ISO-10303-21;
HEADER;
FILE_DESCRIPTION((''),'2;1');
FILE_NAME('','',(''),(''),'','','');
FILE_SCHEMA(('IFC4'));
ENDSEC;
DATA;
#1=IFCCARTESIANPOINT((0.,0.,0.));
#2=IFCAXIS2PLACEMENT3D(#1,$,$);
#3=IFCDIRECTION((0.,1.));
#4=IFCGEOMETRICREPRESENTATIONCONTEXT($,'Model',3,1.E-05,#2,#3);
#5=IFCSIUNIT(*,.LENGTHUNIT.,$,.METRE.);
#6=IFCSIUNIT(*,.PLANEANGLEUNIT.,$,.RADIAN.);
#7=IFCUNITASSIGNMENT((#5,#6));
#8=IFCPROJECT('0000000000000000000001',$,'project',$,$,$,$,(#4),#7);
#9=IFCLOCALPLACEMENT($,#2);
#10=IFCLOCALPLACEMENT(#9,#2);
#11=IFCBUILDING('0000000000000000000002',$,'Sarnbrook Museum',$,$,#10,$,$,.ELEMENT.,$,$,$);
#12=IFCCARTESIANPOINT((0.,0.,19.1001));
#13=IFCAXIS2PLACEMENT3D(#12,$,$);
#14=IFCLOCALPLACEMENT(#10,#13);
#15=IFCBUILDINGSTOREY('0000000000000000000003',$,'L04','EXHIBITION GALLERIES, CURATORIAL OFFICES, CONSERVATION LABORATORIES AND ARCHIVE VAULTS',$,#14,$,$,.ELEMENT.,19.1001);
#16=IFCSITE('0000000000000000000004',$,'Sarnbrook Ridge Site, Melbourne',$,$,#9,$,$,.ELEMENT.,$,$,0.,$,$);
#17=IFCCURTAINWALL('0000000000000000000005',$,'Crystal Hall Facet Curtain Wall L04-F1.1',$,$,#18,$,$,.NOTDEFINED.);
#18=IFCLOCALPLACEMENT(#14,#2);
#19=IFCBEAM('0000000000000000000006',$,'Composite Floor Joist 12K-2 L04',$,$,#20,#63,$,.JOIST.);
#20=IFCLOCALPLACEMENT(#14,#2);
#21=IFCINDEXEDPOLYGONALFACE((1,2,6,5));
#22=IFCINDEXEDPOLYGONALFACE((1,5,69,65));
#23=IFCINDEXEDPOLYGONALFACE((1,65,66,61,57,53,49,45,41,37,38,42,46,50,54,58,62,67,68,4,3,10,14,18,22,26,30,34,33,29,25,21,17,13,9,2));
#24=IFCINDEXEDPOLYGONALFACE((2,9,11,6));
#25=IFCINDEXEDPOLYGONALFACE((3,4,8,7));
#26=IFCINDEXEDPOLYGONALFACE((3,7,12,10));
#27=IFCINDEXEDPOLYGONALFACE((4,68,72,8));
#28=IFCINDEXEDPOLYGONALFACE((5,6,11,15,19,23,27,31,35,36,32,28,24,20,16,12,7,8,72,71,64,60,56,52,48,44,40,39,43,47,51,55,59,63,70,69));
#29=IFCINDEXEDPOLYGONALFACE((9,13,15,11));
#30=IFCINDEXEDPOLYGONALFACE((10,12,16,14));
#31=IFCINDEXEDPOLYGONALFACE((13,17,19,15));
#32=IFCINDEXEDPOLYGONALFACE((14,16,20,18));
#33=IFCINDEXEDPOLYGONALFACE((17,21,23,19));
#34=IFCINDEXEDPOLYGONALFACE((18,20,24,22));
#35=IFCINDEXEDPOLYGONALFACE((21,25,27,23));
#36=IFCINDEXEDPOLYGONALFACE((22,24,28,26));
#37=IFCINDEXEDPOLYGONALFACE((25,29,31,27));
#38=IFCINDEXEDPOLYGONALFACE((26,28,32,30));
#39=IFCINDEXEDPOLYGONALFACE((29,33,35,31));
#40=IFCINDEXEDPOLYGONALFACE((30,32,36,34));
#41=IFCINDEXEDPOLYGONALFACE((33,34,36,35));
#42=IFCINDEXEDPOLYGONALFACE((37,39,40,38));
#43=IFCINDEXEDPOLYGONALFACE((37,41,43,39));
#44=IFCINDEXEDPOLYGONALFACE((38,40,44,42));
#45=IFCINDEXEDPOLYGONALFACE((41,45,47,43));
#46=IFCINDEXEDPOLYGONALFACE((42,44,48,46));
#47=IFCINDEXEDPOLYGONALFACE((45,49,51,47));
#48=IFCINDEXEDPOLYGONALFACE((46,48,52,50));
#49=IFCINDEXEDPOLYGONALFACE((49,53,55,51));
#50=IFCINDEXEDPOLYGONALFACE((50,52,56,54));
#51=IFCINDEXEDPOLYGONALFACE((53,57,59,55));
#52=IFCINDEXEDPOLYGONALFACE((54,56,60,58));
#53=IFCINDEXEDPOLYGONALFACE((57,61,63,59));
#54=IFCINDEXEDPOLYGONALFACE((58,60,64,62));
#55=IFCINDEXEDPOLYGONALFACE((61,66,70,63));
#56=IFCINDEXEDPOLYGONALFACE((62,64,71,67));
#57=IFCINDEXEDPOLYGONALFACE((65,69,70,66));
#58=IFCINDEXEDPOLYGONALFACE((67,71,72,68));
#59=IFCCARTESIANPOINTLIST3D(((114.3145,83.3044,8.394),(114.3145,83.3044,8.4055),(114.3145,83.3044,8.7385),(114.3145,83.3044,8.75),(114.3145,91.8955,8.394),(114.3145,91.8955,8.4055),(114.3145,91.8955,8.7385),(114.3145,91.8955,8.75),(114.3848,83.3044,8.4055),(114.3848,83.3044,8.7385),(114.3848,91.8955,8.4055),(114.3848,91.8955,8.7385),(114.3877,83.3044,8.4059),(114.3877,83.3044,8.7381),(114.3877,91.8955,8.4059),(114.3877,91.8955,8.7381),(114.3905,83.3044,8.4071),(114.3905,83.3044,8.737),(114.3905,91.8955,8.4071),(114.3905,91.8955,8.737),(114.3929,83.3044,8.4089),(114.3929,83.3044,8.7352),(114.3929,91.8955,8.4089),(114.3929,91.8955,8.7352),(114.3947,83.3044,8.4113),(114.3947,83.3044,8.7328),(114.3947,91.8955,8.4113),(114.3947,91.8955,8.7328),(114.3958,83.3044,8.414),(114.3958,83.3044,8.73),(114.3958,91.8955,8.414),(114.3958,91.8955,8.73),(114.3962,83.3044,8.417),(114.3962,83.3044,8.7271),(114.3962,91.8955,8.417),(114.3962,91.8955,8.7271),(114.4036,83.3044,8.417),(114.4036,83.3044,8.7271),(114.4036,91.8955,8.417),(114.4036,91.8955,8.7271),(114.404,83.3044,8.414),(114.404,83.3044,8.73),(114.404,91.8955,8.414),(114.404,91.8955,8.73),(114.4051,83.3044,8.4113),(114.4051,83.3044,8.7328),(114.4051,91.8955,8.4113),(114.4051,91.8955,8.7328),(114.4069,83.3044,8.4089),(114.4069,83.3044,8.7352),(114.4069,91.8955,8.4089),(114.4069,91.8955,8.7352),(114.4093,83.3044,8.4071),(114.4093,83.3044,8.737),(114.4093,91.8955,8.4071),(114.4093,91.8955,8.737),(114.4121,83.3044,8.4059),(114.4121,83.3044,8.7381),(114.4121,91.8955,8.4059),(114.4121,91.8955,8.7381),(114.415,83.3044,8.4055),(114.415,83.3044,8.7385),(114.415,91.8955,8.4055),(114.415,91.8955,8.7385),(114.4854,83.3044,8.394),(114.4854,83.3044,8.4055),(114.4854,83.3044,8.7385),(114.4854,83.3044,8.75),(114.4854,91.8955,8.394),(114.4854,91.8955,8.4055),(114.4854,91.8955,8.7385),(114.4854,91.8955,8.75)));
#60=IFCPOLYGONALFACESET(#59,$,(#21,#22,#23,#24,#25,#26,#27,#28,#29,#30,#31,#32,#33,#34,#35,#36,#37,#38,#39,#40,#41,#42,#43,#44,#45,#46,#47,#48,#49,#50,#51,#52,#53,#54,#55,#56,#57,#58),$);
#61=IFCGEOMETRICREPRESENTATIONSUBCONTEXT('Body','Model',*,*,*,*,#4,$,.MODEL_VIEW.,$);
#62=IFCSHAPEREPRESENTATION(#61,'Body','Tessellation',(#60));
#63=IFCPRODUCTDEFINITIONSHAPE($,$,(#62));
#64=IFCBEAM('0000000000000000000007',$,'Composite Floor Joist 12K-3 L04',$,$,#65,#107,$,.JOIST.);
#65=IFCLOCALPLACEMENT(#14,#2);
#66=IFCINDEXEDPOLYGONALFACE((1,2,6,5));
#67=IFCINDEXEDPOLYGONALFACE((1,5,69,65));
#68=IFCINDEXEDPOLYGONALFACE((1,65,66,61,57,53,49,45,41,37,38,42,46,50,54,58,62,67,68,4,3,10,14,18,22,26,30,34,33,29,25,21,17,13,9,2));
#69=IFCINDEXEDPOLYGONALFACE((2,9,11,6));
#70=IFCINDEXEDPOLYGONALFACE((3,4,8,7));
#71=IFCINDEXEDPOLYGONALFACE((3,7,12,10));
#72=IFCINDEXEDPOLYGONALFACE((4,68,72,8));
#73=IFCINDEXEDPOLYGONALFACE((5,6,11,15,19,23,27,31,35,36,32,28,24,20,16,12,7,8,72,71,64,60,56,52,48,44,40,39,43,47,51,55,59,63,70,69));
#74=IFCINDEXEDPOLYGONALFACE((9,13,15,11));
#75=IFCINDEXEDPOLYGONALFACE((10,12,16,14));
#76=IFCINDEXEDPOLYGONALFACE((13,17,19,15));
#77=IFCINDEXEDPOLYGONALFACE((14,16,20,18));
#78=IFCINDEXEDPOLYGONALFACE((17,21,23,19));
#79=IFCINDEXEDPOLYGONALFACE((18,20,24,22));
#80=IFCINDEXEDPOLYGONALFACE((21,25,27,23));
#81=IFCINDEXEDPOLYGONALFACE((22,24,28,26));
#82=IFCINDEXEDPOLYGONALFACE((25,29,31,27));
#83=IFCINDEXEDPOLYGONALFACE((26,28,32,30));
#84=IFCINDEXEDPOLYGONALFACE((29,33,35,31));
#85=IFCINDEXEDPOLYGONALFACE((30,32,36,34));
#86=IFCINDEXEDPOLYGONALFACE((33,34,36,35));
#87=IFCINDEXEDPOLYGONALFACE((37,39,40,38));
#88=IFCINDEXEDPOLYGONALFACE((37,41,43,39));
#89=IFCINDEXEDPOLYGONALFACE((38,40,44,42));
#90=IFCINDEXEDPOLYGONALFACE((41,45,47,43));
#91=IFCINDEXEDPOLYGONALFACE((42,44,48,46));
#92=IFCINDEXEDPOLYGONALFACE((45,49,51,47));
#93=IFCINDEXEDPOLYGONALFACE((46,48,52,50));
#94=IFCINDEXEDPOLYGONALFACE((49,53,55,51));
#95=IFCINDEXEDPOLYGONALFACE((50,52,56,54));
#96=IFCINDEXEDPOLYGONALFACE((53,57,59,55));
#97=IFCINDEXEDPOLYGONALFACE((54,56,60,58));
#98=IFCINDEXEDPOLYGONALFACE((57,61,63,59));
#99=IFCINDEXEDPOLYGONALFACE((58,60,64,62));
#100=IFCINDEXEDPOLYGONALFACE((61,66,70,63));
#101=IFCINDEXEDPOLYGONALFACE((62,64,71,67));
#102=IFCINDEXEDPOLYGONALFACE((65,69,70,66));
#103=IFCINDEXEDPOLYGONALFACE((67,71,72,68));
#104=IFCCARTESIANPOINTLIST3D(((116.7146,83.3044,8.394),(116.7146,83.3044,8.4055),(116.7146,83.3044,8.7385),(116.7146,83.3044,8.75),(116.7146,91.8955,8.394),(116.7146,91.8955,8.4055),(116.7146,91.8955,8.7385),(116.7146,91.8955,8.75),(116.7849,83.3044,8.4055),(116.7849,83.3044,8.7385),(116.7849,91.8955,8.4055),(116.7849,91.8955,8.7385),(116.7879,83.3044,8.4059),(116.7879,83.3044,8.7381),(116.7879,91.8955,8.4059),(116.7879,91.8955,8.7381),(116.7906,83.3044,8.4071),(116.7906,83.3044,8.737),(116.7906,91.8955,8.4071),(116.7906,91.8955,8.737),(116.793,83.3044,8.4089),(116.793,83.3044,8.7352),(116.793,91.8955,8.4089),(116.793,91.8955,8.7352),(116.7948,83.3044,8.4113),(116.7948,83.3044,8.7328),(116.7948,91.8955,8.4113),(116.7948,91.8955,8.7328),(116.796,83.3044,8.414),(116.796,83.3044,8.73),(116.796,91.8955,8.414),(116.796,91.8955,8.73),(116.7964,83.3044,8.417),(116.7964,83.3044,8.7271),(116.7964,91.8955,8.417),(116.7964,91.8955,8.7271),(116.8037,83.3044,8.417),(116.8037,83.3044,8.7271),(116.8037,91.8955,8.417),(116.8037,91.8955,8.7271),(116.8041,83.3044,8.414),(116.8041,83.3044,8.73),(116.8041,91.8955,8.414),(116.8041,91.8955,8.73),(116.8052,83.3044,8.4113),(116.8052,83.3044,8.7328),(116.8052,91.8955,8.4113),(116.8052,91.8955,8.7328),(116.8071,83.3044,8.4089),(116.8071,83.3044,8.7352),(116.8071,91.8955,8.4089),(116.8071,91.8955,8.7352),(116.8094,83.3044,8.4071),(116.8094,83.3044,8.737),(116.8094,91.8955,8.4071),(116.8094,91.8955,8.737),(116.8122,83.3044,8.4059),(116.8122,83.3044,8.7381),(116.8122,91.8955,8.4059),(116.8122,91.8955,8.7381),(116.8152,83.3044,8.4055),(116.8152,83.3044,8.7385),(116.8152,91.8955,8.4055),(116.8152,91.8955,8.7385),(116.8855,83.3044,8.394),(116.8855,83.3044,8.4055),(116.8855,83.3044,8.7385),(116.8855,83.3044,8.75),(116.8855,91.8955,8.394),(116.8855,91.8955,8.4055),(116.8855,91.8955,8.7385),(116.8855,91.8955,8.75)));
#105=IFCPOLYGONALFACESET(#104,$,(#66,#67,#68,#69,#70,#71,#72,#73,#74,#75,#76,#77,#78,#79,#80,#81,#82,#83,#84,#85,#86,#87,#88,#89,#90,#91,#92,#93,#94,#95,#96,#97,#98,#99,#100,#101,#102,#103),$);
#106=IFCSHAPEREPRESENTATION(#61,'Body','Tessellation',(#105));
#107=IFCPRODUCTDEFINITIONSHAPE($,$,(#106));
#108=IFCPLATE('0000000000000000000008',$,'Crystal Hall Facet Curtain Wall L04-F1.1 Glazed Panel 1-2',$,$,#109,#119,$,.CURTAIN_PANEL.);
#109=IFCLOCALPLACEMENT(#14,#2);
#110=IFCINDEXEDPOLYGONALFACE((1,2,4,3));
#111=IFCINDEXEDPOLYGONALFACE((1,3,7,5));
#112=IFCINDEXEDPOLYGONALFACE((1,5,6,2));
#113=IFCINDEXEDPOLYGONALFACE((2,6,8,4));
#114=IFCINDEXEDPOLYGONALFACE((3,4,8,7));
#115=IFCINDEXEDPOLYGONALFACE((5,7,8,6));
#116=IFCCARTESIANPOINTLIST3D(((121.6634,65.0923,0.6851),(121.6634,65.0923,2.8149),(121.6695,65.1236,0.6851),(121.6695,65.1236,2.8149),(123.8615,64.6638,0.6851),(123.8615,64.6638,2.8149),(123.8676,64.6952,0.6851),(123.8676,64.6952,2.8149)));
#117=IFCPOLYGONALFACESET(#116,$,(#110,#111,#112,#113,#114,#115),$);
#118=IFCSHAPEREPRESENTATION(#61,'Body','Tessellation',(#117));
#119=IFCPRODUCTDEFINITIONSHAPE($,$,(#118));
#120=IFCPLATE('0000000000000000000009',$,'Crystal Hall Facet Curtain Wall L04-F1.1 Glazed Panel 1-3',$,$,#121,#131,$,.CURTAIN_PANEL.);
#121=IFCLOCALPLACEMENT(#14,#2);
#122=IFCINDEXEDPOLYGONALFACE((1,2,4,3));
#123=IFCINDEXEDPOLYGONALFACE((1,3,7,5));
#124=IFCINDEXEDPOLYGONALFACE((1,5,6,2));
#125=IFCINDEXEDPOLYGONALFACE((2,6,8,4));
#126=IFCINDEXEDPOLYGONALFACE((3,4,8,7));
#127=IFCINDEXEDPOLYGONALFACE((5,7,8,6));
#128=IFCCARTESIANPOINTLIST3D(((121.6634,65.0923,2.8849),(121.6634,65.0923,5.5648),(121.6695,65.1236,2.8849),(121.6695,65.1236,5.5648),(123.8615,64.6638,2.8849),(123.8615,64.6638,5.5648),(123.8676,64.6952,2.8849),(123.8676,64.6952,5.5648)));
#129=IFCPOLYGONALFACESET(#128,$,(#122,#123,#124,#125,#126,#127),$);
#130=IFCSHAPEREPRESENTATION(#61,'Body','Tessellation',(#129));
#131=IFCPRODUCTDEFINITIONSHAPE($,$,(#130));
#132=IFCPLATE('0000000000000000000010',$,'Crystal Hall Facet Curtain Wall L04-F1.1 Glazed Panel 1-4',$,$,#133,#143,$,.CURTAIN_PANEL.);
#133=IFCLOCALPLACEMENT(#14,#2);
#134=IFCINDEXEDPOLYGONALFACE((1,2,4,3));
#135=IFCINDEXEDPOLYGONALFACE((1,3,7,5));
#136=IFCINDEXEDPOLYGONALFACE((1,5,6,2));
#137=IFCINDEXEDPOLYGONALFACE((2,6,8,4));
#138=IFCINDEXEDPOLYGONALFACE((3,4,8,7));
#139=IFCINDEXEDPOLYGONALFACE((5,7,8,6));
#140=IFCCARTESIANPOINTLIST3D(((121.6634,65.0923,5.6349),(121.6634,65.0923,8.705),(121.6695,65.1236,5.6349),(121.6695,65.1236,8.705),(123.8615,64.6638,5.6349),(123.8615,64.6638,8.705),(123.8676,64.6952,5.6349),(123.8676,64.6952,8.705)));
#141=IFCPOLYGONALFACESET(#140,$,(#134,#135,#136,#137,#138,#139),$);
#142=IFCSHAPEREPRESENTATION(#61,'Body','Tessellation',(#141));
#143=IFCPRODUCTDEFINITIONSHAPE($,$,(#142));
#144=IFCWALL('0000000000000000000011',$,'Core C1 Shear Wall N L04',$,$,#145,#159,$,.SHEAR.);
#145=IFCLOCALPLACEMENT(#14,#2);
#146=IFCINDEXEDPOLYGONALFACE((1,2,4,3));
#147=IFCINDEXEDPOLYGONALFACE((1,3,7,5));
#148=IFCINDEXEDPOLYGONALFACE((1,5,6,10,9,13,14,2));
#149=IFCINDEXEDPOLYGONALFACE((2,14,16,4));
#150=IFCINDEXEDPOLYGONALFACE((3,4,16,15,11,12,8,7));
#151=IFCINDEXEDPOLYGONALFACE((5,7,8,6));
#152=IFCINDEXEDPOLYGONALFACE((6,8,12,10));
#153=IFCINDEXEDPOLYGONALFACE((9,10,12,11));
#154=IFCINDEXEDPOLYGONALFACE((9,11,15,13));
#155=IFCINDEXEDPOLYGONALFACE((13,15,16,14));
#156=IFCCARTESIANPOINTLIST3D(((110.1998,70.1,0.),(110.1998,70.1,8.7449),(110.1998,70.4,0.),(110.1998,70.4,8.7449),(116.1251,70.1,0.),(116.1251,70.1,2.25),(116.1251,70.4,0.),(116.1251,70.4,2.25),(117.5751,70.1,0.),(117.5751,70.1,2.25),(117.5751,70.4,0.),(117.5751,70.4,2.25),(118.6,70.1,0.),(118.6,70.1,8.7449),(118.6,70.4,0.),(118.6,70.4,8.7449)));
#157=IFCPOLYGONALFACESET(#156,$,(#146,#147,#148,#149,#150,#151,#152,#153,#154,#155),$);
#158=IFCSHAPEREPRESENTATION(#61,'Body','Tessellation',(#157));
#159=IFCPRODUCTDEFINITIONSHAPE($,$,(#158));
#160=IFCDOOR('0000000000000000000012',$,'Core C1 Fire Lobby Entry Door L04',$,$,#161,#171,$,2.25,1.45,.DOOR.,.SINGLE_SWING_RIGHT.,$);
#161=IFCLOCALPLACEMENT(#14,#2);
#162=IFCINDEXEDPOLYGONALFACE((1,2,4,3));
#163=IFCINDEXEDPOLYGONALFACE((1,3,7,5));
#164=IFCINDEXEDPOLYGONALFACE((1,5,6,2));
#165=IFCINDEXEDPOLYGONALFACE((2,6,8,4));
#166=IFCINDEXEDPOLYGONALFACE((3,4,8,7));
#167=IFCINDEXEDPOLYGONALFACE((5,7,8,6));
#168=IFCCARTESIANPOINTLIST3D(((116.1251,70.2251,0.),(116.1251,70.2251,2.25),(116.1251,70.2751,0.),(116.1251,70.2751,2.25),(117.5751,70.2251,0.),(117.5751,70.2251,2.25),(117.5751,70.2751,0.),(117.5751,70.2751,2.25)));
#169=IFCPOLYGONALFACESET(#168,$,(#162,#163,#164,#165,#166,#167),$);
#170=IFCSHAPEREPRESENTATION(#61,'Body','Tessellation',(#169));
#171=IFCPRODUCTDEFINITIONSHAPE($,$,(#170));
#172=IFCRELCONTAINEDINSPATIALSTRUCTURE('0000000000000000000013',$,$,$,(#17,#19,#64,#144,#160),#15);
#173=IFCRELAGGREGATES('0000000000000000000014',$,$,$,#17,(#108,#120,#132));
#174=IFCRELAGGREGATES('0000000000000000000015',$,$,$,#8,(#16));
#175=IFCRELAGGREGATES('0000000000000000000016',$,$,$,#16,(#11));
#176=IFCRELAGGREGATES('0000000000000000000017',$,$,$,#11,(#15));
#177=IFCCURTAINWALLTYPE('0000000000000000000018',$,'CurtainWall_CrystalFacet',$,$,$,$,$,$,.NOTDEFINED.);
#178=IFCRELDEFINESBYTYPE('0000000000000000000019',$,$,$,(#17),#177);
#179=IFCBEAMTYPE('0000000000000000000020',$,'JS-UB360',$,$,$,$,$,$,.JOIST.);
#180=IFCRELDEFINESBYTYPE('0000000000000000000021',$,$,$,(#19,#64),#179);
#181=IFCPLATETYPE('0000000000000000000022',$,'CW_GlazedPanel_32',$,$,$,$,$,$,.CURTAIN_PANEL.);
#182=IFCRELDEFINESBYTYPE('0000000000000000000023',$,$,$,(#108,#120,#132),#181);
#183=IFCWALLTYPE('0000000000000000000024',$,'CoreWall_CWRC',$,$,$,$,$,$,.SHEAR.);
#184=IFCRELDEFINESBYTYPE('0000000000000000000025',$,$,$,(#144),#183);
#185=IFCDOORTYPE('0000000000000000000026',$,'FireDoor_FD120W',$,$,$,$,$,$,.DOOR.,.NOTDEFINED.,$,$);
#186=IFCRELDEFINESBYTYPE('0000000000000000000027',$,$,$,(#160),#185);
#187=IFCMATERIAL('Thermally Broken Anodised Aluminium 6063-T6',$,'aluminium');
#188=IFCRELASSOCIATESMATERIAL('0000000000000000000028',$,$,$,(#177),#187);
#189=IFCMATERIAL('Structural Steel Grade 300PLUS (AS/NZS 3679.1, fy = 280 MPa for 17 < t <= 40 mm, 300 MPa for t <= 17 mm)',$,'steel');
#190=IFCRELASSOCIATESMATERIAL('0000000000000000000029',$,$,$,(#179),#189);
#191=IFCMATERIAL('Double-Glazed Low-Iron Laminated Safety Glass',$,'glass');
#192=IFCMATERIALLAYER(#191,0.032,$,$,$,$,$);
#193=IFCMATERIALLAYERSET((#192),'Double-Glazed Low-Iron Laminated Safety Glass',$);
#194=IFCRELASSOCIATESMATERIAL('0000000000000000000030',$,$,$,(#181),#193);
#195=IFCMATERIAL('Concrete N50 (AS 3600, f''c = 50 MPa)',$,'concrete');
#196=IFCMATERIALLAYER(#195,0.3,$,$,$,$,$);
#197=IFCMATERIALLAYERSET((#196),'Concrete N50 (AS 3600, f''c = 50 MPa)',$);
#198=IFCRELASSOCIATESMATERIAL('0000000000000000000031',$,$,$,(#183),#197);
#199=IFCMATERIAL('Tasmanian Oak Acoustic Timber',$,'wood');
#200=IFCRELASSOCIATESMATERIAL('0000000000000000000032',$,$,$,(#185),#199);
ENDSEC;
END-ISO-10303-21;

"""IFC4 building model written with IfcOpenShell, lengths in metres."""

from ifc_helpers import new_model, si_unit, direction, frame, frame_2d, origin, origin_2d, place, context, subcontext, project, spatial, rectangle, i_section, extrude, material, layer, layer_set, material_profile, profile_set, type_object, element, fill, aggregate, save


model = new_model("IFC4")

# Units and contexts
model_context = context("Model", 3, precision=1e-05, world=origin(), true_north=direction((0.0, 1.0)))
body_context = subcontext(model_context, "Body", "Model", "MODEL_VIEW")
ifc_project = project(units=[si_unit("LENGTHUNIT", "METRE"), si_unit("PLANEANGLEUNIT", "RADIAN")], contexts=[model_context])

# Site, building, storey
site_placement = place(None, origin())
site = spatial("IfcSite", under=ifc_project, at=site_placement, Name="Sarnbrook Ridge Site, Melbourne", CompositionType="ELEMENT", RefElevation=0.0)
building_placement = place(site_placement, origin())
building = spatial("IfcBuilding", under=site, at=building_placement, Name="Sarnbrook Museum", CompositionType="ELEMENT")
storey_placement = place(building_placement, frame((0.0, 0.0, 19.1001)))
storey = spatial("IfcBuildingStorey", under=building, at=storey_placement, Name="L04", Description="EXHIBITION GALLERIES, CURATORIAL OFFICES, CONSERVATION LABORATORIES AND ARCHIVE VAULTS", CompositionType="ELEMENT", Elevation=19.1001)

# Shared definitions
ifc_material_1 = material(Name="Structural Steel Grade 300PLUS (AS/NZS 3679.1, fy = 280 MPa for 17 < t <= 40 mm, 300 MPa for t <= 17 mm)", Category="steel")

# Curtain wall
ifc_material_2 = material(Name="Thermally Broken Anodised Aluminium 6063-T6", Category="aluminium")
curtain_wall_type = type_object("IfcCurtainWallType", Name="CurtainWall_CrystalFacet", PredefinedType="NOTDEFINED", material=ifc_material_2)
curtain_wall_placement = place(storey_placement, origin())
curtain_wall = element("IfcCurtainWall", 1, at=curtain_wall_placement, inside=storey, type_object=curtain_wall_type, Name="Crystal Hall Facet Curtain Wall L04-F1.1", PredefinedType="NOTDEFINED")

# Beams
ifc_material_profile_1 = material_profile(ifc_material_1, i_section(OverallWidth=0.1709, OverallDepth=0.356, WebThickness=0.0073, FlangeThickness=0.0115, FilletRadius=0.0115, at=origin_2d()), Name="360UB50.7")
ifc_profile_set_1 = profile_set([ifc_material_profile_1], Name="Structural Steel Grade 300PLUS (AS/NZS 3679.1, fy = 280 MPa for 17 < t <= 40 mm, 300 MPa for t <= 17 mm)")
beam_type_1 = type_object("IfcBeamType", Name="JS-UB360", PredefinedType="JOIST", material=ifc_profile_set_1)
for number, where, z_axis, x_axis, name in (
    (2, (114.3999, 83.3044, 8.572), (0.0, 1.0, 0.0), (-1.0, 0.0, 0.0), "Composite Floor Joist 12K-2 L04"),
    (3, (116.8, 83.3044, 8.572), (0.0, 1.0, 0.0), (-1.0, 0.0, 0.0), "Composite Floor Joist 12K-3 L04"),
):
    element("IfcBeam", number, at=place(storey_placement, frame(where, z_axis=z_axis, x_axis=x_axis)), inside=storey, type_object=beam_type_1, Name=name, PredefinedType="JOIST", context=body_context, shape_type="SweptSolid", body=[
        extrude(i_section(OverallWidth=0.1709, OverallDepth=0.356, WebThickness=0.0073, FlangeThickness=0.0115, FilletRadius=0.0115, at=origin_2d()), origin(), (0.0, 0.0, 1.0), 8.5911),
    ])

# Plates
ifc_material_3 = material(Name="Double-Glazed Low-Iron Laminated Safety Glass", Category="glass")
ifc_layer_1 = layer(ifc_material_3, 0.032)
ifc_layer_set_1 = layer_set([ifc_layer_1], Name="Double-Glazed Low-Iron Laminated Safety Glass")
plate_type = type_object("IfcPlateType", Name="CW_GlazedPanel_32", PredefinedType="CURTAIN_PANEL", material=ifc_layer_set_1)
plate_1_placement = place(storey_placement, frame((122.7686, 64.9094, 1.75), z_axis=(-0.191313, -0.981529, 0.0), x_axis=(0.981529, -0.191313, 0.0)))
plate_1 = element("IfcPlate", 4, at=plate_1_placement, type_object=plate_type, Name="Crystal Hall Facet Curtain Wall L04-F1.1 Glazed Panel 1-2", PredefinedType="CURTAIN_PANEL", context=body_context, shape_type="SweptSolid", body=[
    extrude(rectangle(XDim=2.2395, YDim=2.1299, at=origin_2d()), origin(), (0.0, 0.0, 1.0), 0.032),
])
plate_2_placement = place(storey_placement, frame((122.7686, 64.9094, 4.2249), z_axis=(-0.191313, -0.981529, 0.0), x_axis=(0.981529, -0.191313, 0.0)))
plate_2 = element("IfcPlate", 5, at=plate_2_placement, type_object=plate_type, Name="Crystal Hall Facet Curtain Wall L04-F1.1 Glazed Panel 1-3", PredefinedType="CURTAIN_PANEL", context=body_context, shape_type="SweptSolid", body=[
    extrude(rectangle(XDim=2.2395, YDim=2.6799, at=origin_2d()), origin(), (0.0, 0.0, 1.0), 0.032),
])
plate_3_placement = place(storey_placement, frame((122.7686, 64.9094, 7.1699), z_axis=(-0.191313, -0.981529, 0.0), x_axis=(0.981529, -0.191313, 0.0)))
plate_3 = element("IfcPlate", 6, at=plate_3_placement, type_object=plate_type, Name="Crystal Hall Facet Curtain Wall L04-F1.1 Glazed Panel 1-4", PredefinedType="CURTAIN_PANEL", context=body_context, shape_type="SweptSolid", body=[
    extrude(rectangle(XDim=2.2395, YDim=3.0701, at=origin_2d()), origin(), (0.0, 0.0, 1.0), 0.032),
])
aggregate(curtain_wall, [plate_1, plate_2, plate_3])

# Wall, opening, door
ifc_material_4 = material(Name="Concrete N50 (AS 3600, f'c = 50 MPa)", Category="concrete")
ifc_layer_2 = layer(ifc_material_4, 0.3)
ifc_layer_set_2 = layer_set([ifc_layer_2], Name="Concrete N50 (AS 3600, f'c = 50 MPa)")
wall_type_1 = type_object("IfcWallType", Name="CoreWall_CWRC", PredefinedType="SHEAR", material=ifc_layer_set_2)
wall_1_placement = place(storey_placement, frame((118.6001, 70.25, 0.0), z_axis=(0.0, 0.0, 1.0), x_axis=(-1.0, 0.0, 0.0)))
wall_1 = element("IfcWall", 7, at=wall_1_placement, inside=storey, type_object=wall_type_1, Name="Core C1 Shear Wall N L04", PredefinedType="SHEAR", context=body_context, shape_type="SweptSolid", body=[
    extrude(rectangle(XDim=8.4001, YDim=0.3, at=frame_2d((4.2002, 0.0))), origin(), (0.0, 0.0, 1.0), 8.7449),
])
opening_1_placement = place(wall_1_placement, frame((1.0249, 0.0, 0.0)))
opening_1 = element("IfcOpeningElement", 8, at=opening_1_placement, cuts=wall_1, PredefinedType="OPENING", context=body_context, shape_type="SweptSolid", body=[
    extrude(rectangle(XDim=1.45, YDim=2.25, at=frame_2d((0.7251, 1.125))), frame((0.0, 0.1602, 0.0), z_axis=(0.0, -1.0, 0.0), x_axis=(1.0, 0.0, 0.0)), (0.0, 0.0, 1.0), 0.3201),
])
ifc_material_5 = material(Name="Tasmanian Oak Acoustic Timber", Category="wood")
door_type_1 = type_object("IfcDoorType", Name="FireDoor_FD120W", OperationType="NOTDEFINED", PredefinedType="DOOR", material=ifc_material_5)
door_1_placement = place(opening_1_placement, origin())
door_1 = element("IfcDoor", 9, at=door_1_placement, inside=storey, type_object=door_type_1, Name="Core C1 Fire Lobby Entry Door L04", OperationType="SINGLE_SWING_RIGHT", OverallHeight=2.25, OverallWidth=1.45, PredefinedType="DOOR", context=body_context, shape_type="SweptSolid", body=[
    extrude(rectangle(XDim=1.45, YDim=2.25, at=frame_2d((0.7251, 1.125))), frame((0.0, 0.0249, 0.0), z_axis=(0.0, -1.0, 0.0), x_axis=(1.0, 0.0, 0.0)), (0.0, 0.0, 1.0), 0.05),
])
fill(opening_1, door_1)

save(model, "model.ifc")
